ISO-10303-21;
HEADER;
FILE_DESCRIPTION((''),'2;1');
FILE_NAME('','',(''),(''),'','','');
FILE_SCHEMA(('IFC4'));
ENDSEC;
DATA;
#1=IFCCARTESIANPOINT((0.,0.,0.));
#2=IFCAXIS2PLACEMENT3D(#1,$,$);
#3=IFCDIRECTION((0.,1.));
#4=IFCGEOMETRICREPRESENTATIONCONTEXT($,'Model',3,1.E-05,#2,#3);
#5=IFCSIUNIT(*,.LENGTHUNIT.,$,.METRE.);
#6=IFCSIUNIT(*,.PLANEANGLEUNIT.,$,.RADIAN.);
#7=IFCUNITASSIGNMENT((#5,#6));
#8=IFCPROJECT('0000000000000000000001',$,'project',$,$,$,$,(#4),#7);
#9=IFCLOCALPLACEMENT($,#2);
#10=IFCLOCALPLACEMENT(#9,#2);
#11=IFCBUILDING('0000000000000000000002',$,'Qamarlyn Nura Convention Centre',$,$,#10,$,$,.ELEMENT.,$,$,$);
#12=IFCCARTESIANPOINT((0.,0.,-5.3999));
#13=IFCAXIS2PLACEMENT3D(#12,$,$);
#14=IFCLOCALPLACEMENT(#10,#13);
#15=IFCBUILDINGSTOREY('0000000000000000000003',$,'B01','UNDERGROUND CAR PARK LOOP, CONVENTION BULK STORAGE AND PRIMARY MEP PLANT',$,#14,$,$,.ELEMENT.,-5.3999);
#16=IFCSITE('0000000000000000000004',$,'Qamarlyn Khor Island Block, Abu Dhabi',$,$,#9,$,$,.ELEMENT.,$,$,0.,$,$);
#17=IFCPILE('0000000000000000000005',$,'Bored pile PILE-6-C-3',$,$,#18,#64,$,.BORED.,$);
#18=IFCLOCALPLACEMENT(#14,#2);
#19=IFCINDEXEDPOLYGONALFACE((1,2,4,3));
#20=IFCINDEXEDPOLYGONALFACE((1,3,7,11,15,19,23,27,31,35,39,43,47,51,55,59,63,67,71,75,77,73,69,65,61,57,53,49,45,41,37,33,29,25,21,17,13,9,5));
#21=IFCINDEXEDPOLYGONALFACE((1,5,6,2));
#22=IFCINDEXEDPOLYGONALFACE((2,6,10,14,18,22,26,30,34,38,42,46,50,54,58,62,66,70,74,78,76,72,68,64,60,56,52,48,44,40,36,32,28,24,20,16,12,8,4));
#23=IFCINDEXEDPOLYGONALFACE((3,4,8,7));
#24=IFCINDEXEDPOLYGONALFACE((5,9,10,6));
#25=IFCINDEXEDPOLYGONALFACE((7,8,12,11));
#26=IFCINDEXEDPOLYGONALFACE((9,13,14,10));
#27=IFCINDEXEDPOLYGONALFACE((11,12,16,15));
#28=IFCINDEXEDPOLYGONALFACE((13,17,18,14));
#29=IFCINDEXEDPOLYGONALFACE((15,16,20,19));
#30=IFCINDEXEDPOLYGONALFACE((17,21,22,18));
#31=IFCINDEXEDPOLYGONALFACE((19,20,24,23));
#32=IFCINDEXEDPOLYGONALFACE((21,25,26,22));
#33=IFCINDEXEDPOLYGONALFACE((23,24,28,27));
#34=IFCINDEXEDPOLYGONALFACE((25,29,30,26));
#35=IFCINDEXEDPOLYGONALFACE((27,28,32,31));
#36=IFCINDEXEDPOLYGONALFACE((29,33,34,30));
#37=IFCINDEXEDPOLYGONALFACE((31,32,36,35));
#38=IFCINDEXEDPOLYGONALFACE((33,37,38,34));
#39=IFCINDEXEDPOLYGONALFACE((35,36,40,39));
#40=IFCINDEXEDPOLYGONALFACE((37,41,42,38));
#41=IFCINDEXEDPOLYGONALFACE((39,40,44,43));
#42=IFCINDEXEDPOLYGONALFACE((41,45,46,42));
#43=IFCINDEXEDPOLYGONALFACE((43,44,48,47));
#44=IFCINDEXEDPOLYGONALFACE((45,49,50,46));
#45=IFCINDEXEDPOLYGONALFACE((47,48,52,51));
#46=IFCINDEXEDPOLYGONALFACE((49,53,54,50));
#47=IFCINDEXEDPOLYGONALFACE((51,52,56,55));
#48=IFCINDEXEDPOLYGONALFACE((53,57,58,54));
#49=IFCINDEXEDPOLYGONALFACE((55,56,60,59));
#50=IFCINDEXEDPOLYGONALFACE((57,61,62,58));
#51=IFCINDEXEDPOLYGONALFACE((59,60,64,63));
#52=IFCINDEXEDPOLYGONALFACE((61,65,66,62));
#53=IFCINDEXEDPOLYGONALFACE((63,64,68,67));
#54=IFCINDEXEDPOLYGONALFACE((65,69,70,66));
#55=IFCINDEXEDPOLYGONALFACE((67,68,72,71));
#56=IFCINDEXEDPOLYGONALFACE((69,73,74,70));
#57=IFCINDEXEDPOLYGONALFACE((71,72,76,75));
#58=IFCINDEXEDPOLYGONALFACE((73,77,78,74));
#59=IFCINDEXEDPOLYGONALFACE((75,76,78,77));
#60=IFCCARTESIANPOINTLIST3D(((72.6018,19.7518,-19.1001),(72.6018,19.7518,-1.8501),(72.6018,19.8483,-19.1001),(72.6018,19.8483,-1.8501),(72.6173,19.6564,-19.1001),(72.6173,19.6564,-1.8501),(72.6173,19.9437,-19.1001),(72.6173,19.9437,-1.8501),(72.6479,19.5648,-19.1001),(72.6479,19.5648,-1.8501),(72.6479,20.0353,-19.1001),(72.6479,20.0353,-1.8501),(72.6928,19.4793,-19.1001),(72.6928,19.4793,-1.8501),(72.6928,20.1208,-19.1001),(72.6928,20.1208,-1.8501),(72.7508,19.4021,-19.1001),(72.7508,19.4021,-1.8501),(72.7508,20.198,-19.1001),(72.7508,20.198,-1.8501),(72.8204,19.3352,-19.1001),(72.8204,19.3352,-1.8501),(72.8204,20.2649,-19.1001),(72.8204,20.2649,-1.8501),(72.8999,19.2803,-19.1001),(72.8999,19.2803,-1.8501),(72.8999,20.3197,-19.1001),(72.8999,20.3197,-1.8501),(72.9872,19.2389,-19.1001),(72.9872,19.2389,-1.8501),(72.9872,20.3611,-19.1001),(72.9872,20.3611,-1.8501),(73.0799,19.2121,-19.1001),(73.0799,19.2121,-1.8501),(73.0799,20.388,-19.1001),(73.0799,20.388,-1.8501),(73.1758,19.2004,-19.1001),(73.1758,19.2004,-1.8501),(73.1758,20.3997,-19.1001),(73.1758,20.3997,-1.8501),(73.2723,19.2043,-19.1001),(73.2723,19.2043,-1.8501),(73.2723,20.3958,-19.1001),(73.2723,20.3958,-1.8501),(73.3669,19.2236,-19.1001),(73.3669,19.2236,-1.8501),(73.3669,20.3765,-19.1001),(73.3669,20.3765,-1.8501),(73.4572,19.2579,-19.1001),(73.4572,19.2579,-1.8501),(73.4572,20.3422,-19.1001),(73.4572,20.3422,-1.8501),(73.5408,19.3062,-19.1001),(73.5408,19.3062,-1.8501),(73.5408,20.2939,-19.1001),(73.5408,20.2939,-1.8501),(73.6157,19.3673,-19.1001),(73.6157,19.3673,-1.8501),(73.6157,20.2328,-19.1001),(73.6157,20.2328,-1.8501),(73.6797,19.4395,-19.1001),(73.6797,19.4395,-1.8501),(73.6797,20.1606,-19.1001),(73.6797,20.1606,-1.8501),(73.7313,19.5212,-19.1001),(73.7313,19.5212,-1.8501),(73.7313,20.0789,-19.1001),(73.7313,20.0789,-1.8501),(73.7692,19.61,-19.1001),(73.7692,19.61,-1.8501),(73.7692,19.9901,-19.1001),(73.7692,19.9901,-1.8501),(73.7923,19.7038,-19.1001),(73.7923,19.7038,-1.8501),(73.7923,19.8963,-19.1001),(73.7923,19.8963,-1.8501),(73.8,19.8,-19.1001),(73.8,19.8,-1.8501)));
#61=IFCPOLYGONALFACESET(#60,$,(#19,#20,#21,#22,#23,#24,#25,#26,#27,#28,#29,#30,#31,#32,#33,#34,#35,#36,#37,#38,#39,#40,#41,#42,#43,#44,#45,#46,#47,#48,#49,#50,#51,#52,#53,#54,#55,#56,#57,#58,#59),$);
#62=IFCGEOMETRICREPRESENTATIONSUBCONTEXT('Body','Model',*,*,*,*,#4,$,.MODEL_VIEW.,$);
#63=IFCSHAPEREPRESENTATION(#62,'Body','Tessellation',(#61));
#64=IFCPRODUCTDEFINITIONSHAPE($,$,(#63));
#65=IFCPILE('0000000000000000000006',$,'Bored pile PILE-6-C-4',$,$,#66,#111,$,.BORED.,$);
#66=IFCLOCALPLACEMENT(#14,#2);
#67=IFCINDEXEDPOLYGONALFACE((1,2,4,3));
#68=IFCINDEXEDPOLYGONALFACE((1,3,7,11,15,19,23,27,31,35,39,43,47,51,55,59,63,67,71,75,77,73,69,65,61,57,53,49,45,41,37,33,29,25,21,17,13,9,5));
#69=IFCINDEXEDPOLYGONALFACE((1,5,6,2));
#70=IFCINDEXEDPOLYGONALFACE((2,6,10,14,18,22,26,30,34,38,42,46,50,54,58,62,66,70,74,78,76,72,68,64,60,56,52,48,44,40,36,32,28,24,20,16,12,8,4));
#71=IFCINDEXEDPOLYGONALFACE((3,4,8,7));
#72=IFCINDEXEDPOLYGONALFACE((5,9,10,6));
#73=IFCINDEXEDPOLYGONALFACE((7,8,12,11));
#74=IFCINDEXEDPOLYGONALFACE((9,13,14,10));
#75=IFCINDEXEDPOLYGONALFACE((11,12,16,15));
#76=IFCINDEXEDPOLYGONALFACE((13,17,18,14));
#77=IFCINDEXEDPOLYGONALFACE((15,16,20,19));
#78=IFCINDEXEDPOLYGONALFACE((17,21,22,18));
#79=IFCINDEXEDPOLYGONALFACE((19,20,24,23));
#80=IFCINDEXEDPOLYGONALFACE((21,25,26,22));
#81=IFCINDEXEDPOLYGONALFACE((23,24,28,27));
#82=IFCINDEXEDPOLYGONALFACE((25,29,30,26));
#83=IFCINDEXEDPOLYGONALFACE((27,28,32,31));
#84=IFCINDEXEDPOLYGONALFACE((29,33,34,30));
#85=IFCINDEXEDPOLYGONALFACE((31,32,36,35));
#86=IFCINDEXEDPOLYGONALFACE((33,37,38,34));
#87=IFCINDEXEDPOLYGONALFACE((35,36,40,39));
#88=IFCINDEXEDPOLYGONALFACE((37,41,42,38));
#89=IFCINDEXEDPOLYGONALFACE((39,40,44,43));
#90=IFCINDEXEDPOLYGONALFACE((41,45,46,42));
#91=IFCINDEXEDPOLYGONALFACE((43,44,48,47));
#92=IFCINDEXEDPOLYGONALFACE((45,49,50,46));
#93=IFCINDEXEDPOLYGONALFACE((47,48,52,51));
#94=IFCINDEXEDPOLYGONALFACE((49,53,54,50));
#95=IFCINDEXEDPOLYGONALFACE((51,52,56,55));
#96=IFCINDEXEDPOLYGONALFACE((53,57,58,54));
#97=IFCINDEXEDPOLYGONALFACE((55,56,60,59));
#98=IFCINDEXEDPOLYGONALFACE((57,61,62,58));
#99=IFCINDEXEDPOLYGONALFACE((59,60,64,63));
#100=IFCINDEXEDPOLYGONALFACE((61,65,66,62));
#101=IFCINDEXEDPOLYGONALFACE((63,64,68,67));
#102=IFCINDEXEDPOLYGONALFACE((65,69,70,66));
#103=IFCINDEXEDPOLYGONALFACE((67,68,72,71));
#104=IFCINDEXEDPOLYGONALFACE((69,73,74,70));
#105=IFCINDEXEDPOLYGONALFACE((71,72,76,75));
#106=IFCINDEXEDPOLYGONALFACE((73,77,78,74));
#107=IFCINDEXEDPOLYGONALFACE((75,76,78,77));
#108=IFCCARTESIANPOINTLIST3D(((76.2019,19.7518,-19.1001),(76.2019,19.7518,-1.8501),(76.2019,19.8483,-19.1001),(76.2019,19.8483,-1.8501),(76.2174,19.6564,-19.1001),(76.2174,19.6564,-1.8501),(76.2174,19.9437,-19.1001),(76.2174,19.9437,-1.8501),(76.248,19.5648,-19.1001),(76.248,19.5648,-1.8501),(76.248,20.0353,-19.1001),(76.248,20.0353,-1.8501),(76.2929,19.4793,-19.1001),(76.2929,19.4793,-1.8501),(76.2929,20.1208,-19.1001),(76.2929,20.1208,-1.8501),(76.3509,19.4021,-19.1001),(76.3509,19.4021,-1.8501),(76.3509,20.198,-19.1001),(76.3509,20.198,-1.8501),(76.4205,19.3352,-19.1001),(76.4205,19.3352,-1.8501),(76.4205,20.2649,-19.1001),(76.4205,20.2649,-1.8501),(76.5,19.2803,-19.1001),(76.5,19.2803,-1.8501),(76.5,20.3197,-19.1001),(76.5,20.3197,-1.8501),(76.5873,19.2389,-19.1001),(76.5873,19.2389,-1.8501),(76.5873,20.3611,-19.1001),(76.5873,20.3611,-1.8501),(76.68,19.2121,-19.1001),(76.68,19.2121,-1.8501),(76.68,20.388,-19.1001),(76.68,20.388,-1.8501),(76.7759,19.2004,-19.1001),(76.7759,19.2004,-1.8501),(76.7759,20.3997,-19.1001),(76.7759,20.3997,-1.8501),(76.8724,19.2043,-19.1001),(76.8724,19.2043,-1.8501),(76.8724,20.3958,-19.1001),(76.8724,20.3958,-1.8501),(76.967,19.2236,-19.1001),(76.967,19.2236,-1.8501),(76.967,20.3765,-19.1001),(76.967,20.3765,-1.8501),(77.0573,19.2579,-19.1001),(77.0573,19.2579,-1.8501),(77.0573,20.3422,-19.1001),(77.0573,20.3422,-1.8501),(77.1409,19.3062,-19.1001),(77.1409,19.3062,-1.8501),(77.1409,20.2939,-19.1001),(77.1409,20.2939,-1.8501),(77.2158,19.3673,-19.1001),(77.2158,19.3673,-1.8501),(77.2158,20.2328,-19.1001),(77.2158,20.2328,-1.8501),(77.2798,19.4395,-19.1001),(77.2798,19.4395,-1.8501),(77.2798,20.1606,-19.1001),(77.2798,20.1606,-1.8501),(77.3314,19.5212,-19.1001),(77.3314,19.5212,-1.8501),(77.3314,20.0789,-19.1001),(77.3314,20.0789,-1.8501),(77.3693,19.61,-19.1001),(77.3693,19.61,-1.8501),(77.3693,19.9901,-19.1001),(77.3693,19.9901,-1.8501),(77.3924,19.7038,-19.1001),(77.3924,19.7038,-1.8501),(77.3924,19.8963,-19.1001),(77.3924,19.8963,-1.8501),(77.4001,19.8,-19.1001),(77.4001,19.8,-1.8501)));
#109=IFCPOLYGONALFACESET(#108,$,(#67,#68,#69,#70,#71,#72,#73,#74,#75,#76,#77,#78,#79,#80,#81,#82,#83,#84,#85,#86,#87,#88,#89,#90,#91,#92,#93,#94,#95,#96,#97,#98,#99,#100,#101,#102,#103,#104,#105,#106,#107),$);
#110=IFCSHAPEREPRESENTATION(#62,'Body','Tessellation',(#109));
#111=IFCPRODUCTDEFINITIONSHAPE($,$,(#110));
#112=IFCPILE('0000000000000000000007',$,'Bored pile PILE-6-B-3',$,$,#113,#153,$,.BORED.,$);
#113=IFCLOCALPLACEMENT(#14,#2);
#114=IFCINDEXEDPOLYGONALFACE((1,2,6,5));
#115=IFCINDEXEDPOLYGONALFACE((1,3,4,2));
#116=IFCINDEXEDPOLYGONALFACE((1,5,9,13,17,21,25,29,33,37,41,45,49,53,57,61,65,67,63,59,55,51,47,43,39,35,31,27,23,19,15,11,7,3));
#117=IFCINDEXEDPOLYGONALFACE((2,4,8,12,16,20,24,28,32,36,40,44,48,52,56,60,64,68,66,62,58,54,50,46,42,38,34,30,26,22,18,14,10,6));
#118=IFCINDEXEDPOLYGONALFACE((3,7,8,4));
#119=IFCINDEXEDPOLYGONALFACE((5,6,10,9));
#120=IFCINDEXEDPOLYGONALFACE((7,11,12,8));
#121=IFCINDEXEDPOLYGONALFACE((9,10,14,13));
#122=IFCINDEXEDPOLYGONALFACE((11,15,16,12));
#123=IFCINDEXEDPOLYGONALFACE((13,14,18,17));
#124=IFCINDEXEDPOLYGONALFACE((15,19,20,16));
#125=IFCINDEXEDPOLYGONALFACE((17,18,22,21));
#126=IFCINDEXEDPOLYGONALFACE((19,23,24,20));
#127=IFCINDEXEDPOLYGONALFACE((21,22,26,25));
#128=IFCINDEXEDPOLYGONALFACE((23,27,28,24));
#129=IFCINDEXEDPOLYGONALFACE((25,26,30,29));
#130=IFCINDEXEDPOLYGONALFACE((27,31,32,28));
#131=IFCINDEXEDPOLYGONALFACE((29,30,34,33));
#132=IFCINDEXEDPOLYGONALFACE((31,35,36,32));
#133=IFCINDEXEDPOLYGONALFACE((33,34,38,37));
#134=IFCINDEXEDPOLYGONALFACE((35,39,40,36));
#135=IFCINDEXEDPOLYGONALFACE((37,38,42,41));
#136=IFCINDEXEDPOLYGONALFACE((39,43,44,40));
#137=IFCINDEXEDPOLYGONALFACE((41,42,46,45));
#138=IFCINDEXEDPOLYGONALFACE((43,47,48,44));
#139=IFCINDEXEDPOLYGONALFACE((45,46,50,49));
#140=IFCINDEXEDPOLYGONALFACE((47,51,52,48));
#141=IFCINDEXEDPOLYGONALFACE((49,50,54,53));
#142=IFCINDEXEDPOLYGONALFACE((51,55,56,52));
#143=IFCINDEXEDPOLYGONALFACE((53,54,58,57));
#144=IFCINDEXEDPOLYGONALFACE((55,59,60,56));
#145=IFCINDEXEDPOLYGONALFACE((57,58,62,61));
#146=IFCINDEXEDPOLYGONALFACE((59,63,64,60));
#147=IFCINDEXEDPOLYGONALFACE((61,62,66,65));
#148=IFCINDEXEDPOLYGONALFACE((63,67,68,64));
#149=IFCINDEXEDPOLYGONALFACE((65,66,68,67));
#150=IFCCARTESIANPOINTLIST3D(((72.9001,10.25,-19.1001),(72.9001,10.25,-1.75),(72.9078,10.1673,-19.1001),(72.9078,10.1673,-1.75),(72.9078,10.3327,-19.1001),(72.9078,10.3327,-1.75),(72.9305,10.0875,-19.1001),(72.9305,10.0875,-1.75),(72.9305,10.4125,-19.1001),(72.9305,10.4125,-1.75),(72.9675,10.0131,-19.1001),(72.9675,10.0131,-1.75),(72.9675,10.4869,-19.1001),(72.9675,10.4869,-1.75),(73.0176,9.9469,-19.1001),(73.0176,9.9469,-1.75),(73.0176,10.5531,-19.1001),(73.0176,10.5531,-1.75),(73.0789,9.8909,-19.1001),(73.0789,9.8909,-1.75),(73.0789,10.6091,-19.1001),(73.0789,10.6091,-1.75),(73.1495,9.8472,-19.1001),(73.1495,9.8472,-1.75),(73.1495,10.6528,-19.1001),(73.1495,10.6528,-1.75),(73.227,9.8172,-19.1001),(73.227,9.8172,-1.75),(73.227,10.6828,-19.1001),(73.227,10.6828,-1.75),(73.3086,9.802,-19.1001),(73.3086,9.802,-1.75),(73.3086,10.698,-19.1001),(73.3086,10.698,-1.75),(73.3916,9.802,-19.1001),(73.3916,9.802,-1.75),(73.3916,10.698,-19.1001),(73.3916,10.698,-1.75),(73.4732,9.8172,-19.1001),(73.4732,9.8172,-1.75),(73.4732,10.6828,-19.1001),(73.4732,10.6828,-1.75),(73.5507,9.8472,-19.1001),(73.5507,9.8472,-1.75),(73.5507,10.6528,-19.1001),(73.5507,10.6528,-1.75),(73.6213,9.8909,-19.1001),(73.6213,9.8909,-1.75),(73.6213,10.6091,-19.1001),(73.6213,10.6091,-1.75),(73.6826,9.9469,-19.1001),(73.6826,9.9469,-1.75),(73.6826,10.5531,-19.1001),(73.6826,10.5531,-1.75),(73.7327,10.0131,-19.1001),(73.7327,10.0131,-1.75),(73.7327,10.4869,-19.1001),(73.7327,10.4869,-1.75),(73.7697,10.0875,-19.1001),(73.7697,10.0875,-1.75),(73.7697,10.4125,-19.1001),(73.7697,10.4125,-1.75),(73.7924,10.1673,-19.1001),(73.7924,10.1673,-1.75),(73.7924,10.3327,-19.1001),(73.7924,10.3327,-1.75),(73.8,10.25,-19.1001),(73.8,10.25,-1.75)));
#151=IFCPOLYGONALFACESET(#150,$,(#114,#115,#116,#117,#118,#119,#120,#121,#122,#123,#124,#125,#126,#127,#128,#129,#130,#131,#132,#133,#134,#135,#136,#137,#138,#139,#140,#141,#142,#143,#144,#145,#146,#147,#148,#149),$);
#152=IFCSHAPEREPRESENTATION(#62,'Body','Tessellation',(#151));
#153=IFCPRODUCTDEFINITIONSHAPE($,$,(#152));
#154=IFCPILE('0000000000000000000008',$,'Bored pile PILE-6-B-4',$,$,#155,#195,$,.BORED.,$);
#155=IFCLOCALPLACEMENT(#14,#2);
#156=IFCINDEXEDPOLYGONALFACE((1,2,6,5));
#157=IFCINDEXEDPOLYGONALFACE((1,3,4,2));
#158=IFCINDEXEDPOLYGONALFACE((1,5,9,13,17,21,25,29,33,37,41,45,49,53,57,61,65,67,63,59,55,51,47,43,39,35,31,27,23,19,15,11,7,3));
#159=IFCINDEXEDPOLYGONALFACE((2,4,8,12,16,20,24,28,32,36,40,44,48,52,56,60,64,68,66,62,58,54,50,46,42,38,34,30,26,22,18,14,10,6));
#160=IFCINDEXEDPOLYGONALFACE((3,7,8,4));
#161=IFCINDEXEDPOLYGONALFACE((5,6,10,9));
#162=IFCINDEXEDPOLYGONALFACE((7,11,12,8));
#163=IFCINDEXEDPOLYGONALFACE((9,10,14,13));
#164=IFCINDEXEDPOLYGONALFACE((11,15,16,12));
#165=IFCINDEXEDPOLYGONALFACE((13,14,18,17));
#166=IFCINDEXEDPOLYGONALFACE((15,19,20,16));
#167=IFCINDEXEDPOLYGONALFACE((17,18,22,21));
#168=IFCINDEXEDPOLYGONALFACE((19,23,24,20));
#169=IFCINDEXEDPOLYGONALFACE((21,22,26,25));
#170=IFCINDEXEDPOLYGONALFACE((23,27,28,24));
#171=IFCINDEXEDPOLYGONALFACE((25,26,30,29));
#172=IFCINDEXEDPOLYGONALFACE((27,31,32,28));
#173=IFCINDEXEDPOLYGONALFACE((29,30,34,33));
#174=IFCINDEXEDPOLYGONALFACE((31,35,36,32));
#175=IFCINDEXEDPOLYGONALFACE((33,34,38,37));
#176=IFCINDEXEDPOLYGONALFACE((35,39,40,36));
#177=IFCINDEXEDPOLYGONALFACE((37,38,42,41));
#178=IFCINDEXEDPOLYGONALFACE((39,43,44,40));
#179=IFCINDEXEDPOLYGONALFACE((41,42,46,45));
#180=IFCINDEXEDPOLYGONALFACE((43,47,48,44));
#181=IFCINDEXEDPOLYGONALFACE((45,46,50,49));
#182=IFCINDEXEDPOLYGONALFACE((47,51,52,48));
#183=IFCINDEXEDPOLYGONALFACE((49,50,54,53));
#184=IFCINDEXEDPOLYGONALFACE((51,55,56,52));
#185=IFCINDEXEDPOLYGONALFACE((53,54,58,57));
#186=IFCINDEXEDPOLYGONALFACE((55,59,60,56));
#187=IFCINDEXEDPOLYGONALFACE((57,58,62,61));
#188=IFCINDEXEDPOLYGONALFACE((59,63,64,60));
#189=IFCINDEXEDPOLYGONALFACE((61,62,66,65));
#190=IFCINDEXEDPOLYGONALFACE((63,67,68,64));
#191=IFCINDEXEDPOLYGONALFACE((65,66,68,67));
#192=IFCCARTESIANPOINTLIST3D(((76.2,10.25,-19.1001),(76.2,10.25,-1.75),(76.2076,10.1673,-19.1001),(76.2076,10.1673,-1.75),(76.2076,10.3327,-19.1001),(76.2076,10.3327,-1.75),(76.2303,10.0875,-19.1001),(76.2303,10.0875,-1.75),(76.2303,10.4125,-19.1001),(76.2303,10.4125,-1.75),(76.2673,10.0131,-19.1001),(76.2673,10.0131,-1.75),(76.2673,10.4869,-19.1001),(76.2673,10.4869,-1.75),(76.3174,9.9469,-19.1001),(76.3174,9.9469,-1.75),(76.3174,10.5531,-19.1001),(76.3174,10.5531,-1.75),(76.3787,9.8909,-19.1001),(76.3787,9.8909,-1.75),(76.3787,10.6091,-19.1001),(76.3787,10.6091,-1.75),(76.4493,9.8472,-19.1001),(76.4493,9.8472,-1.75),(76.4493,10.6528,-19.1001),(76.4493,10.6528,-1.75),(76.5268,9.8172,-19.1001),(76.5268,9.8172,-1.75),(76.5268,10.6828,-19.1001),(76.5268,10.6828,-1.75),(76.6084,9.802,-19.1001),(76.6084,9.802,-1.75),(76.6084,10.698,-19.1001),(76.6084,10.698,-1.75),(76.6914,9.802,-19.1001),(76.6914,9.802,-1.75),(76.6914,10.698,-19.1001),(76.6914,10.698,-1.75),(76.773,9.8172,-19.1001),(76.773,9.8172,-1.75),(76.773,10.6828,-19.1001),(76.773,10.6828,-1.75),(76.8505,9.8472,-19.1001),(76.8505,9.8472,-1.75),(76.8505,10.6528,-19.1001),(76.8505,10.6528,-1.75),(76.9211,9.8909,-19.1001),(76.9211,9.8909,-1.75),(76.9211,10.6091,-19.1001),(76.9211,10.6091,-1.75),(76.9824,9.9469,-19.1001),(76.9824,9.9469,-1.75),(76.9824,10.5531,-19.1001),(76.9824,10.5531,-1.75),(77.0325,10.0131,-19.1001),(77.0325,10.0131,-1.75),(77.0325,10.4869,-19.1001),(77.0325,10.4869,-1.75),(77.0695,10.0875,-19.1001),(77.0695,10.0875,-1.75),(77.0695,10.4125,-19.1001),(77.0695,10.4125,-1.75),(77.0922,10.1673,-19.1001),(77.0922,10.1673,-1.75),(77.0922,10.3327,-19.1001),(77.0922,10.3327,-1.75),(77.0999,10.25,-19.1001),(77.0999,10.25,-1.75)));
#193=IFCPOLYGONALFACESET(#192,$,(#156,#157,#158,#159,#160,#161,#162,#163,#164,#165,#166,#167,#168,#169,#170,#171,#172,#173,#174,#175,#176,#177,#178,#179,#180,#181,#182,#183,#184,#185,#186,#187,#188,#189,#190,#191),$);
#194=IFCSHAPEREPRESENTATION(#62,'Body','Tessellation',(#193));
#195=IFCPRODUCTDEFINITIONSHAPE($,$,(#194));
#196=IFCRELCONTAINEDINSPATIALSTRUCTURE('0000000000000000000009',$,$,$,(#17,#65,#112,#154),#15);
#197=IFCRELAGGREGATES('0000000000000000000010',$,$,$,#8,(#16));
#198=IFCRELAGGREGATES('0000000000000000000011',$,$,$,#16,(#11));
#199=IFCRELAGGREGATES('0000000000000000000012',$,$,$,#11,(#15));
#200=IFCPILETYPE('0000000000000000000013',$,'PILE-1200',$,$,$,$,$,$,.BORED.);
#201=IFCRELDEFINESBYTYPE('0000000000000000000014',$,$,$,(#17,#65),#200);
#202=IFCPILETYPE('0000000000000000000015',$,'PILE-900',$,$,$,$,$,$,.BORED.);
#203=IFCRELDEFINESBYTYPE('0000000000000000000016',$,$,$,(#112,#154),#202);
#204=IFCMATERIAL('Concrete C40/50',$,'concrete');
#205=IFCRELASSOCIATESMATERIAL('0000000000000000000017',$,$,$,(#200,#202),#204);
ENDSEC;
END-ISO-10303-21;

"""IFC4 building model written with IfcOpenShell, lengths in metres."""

from ifc_helpers import new_model, si_unit, direction, frame, origin, origin_2d, place, context, subcontext, project, spatial, circle, extrude, material, material_profile, profile_set, type_object, element, save


model = new_model("IFC4")

# Units and contexts
model_context = context("Model", 3, precision=1e-05, world=origin(), true_north=direction((0.0, 1.0)))
body_context = subcontext(model_context, "Body", "Model", "MODEL_VIEW")
ifc_project = project(units=[si_unit("LENGTHUNIT", "METRE"), si_unit("PLANEANGLEUNIT", "RADIAN")], contexts=[model_context])

# Site, building, storey
site_placement = place(None, origin())
site = spatial("IfcSite", under=ifc_project, at=site_placement, Name="Qamarlyn Khor Island Block, Abu Dhabi", CompositionType="ELEMENT", RefElevation=0.0)
building_placement = place(site_placement, origin())
building = spatial("IfcBuilding", under=site, at=building_placement, Name="Qamarlyn Nura Convention Centre", CompositionType="ELEMENT")
storey_placement = place(building_placement, frame((0.0, 0.0, -5.3999)))
storey = spatial("IfcBuildingStorey", under=building, at=storey_placement, Name="B01", Description="UNDERGROUND CAR PARK LOOP, CONVENTION BULK STORAGE AND PRIMARY MEP PLANT", CompositionType="ELEMENT", Elevation=-5.3999)

# Shared definitions
ifc_material_1 = material(Name="Concrete C40/50", Category="concrete")

# Piles
ifc_material_profile_1 = material_profile(ifc_material_1, circle(Radius=0.6001, at=origin_2d()), Name="BORED PILE 1200")
ifc_profile_set_1 = profile_set([ifc_material_profile_1], Name="Concrete C40/50")
pile_type_1 = type_object("IfcPileType", Name="PILE-1200", PredefinedType="BORED", material=ifc_profile_set_1)
for number, where, z_axis, x_axis, name in (
    (1, (73.2, 19.8, -1.8501), (0.0, 0.0, -1.0), (1.0, 0.0, 0.0), "Bored pile PILE-6-C-3"),
    (2, (76.8, 19.8, -1.8501), (0.0, 0.0, -1.0), (1.0, 0.0, 0.0), "Bored pile PILE-6-C-4"),
):
    element("IfcPile", number, at=place(storey_placement, frame(where, z_axis=z_axis, x_axis=x_axis)), inside=storey, type_object=pile_type_1, Name=name, PredefinedType="BORED", context=body_context, shape_type="SweptSolid", body=[
        extrude(circle(Radius=0.6001, at=origin_2d()), origin(), (0.0, 0.0, 1.0), 17.25),
    ])
ifc_material_profile_2 = material_profile(ifc_material_1, circle(Radius=0.45, at=origin_2d()), Name="BORED PILE 900")
ifc_profile_set_2 = profile_set([ifc_material_profile_2], Name="Concrete C40/50")
pile_type_2 = type_object("IfcPileType", Name="PILE-900", PredefinedType="BORED", material=ifc_profile_set_2)
for number, where, z_axis, x_axis, name in (
    (3, (73.3501, 10.25, -1.75), (0.0, 0.0, -1.0), (1.0, 0.0, 0.0), "Bored pile PILE-6-B-3"),
    (4, (76.6499, 10.25, -1.75), (0.0, 0.0, -1.0), (1.0, 0.0, 0.0), "Bored pile PILE-6-B-4"),
):
    element("IfcPile", number, at=place(storey_placement, frame(where, z_axis=z_axis, x_axis=x_axis)), inside=storey, type_object=pile_type_2, Name=name, PredefinedType="BORED", context=body_context, shape_type="SweptSolid", body=[
        extrude(circle(Radius=0.45, at=origin_2d()), origin(), (0.0, 0.0, 1.0), 17.3501),
    ])

save(model, "model.ifc")
